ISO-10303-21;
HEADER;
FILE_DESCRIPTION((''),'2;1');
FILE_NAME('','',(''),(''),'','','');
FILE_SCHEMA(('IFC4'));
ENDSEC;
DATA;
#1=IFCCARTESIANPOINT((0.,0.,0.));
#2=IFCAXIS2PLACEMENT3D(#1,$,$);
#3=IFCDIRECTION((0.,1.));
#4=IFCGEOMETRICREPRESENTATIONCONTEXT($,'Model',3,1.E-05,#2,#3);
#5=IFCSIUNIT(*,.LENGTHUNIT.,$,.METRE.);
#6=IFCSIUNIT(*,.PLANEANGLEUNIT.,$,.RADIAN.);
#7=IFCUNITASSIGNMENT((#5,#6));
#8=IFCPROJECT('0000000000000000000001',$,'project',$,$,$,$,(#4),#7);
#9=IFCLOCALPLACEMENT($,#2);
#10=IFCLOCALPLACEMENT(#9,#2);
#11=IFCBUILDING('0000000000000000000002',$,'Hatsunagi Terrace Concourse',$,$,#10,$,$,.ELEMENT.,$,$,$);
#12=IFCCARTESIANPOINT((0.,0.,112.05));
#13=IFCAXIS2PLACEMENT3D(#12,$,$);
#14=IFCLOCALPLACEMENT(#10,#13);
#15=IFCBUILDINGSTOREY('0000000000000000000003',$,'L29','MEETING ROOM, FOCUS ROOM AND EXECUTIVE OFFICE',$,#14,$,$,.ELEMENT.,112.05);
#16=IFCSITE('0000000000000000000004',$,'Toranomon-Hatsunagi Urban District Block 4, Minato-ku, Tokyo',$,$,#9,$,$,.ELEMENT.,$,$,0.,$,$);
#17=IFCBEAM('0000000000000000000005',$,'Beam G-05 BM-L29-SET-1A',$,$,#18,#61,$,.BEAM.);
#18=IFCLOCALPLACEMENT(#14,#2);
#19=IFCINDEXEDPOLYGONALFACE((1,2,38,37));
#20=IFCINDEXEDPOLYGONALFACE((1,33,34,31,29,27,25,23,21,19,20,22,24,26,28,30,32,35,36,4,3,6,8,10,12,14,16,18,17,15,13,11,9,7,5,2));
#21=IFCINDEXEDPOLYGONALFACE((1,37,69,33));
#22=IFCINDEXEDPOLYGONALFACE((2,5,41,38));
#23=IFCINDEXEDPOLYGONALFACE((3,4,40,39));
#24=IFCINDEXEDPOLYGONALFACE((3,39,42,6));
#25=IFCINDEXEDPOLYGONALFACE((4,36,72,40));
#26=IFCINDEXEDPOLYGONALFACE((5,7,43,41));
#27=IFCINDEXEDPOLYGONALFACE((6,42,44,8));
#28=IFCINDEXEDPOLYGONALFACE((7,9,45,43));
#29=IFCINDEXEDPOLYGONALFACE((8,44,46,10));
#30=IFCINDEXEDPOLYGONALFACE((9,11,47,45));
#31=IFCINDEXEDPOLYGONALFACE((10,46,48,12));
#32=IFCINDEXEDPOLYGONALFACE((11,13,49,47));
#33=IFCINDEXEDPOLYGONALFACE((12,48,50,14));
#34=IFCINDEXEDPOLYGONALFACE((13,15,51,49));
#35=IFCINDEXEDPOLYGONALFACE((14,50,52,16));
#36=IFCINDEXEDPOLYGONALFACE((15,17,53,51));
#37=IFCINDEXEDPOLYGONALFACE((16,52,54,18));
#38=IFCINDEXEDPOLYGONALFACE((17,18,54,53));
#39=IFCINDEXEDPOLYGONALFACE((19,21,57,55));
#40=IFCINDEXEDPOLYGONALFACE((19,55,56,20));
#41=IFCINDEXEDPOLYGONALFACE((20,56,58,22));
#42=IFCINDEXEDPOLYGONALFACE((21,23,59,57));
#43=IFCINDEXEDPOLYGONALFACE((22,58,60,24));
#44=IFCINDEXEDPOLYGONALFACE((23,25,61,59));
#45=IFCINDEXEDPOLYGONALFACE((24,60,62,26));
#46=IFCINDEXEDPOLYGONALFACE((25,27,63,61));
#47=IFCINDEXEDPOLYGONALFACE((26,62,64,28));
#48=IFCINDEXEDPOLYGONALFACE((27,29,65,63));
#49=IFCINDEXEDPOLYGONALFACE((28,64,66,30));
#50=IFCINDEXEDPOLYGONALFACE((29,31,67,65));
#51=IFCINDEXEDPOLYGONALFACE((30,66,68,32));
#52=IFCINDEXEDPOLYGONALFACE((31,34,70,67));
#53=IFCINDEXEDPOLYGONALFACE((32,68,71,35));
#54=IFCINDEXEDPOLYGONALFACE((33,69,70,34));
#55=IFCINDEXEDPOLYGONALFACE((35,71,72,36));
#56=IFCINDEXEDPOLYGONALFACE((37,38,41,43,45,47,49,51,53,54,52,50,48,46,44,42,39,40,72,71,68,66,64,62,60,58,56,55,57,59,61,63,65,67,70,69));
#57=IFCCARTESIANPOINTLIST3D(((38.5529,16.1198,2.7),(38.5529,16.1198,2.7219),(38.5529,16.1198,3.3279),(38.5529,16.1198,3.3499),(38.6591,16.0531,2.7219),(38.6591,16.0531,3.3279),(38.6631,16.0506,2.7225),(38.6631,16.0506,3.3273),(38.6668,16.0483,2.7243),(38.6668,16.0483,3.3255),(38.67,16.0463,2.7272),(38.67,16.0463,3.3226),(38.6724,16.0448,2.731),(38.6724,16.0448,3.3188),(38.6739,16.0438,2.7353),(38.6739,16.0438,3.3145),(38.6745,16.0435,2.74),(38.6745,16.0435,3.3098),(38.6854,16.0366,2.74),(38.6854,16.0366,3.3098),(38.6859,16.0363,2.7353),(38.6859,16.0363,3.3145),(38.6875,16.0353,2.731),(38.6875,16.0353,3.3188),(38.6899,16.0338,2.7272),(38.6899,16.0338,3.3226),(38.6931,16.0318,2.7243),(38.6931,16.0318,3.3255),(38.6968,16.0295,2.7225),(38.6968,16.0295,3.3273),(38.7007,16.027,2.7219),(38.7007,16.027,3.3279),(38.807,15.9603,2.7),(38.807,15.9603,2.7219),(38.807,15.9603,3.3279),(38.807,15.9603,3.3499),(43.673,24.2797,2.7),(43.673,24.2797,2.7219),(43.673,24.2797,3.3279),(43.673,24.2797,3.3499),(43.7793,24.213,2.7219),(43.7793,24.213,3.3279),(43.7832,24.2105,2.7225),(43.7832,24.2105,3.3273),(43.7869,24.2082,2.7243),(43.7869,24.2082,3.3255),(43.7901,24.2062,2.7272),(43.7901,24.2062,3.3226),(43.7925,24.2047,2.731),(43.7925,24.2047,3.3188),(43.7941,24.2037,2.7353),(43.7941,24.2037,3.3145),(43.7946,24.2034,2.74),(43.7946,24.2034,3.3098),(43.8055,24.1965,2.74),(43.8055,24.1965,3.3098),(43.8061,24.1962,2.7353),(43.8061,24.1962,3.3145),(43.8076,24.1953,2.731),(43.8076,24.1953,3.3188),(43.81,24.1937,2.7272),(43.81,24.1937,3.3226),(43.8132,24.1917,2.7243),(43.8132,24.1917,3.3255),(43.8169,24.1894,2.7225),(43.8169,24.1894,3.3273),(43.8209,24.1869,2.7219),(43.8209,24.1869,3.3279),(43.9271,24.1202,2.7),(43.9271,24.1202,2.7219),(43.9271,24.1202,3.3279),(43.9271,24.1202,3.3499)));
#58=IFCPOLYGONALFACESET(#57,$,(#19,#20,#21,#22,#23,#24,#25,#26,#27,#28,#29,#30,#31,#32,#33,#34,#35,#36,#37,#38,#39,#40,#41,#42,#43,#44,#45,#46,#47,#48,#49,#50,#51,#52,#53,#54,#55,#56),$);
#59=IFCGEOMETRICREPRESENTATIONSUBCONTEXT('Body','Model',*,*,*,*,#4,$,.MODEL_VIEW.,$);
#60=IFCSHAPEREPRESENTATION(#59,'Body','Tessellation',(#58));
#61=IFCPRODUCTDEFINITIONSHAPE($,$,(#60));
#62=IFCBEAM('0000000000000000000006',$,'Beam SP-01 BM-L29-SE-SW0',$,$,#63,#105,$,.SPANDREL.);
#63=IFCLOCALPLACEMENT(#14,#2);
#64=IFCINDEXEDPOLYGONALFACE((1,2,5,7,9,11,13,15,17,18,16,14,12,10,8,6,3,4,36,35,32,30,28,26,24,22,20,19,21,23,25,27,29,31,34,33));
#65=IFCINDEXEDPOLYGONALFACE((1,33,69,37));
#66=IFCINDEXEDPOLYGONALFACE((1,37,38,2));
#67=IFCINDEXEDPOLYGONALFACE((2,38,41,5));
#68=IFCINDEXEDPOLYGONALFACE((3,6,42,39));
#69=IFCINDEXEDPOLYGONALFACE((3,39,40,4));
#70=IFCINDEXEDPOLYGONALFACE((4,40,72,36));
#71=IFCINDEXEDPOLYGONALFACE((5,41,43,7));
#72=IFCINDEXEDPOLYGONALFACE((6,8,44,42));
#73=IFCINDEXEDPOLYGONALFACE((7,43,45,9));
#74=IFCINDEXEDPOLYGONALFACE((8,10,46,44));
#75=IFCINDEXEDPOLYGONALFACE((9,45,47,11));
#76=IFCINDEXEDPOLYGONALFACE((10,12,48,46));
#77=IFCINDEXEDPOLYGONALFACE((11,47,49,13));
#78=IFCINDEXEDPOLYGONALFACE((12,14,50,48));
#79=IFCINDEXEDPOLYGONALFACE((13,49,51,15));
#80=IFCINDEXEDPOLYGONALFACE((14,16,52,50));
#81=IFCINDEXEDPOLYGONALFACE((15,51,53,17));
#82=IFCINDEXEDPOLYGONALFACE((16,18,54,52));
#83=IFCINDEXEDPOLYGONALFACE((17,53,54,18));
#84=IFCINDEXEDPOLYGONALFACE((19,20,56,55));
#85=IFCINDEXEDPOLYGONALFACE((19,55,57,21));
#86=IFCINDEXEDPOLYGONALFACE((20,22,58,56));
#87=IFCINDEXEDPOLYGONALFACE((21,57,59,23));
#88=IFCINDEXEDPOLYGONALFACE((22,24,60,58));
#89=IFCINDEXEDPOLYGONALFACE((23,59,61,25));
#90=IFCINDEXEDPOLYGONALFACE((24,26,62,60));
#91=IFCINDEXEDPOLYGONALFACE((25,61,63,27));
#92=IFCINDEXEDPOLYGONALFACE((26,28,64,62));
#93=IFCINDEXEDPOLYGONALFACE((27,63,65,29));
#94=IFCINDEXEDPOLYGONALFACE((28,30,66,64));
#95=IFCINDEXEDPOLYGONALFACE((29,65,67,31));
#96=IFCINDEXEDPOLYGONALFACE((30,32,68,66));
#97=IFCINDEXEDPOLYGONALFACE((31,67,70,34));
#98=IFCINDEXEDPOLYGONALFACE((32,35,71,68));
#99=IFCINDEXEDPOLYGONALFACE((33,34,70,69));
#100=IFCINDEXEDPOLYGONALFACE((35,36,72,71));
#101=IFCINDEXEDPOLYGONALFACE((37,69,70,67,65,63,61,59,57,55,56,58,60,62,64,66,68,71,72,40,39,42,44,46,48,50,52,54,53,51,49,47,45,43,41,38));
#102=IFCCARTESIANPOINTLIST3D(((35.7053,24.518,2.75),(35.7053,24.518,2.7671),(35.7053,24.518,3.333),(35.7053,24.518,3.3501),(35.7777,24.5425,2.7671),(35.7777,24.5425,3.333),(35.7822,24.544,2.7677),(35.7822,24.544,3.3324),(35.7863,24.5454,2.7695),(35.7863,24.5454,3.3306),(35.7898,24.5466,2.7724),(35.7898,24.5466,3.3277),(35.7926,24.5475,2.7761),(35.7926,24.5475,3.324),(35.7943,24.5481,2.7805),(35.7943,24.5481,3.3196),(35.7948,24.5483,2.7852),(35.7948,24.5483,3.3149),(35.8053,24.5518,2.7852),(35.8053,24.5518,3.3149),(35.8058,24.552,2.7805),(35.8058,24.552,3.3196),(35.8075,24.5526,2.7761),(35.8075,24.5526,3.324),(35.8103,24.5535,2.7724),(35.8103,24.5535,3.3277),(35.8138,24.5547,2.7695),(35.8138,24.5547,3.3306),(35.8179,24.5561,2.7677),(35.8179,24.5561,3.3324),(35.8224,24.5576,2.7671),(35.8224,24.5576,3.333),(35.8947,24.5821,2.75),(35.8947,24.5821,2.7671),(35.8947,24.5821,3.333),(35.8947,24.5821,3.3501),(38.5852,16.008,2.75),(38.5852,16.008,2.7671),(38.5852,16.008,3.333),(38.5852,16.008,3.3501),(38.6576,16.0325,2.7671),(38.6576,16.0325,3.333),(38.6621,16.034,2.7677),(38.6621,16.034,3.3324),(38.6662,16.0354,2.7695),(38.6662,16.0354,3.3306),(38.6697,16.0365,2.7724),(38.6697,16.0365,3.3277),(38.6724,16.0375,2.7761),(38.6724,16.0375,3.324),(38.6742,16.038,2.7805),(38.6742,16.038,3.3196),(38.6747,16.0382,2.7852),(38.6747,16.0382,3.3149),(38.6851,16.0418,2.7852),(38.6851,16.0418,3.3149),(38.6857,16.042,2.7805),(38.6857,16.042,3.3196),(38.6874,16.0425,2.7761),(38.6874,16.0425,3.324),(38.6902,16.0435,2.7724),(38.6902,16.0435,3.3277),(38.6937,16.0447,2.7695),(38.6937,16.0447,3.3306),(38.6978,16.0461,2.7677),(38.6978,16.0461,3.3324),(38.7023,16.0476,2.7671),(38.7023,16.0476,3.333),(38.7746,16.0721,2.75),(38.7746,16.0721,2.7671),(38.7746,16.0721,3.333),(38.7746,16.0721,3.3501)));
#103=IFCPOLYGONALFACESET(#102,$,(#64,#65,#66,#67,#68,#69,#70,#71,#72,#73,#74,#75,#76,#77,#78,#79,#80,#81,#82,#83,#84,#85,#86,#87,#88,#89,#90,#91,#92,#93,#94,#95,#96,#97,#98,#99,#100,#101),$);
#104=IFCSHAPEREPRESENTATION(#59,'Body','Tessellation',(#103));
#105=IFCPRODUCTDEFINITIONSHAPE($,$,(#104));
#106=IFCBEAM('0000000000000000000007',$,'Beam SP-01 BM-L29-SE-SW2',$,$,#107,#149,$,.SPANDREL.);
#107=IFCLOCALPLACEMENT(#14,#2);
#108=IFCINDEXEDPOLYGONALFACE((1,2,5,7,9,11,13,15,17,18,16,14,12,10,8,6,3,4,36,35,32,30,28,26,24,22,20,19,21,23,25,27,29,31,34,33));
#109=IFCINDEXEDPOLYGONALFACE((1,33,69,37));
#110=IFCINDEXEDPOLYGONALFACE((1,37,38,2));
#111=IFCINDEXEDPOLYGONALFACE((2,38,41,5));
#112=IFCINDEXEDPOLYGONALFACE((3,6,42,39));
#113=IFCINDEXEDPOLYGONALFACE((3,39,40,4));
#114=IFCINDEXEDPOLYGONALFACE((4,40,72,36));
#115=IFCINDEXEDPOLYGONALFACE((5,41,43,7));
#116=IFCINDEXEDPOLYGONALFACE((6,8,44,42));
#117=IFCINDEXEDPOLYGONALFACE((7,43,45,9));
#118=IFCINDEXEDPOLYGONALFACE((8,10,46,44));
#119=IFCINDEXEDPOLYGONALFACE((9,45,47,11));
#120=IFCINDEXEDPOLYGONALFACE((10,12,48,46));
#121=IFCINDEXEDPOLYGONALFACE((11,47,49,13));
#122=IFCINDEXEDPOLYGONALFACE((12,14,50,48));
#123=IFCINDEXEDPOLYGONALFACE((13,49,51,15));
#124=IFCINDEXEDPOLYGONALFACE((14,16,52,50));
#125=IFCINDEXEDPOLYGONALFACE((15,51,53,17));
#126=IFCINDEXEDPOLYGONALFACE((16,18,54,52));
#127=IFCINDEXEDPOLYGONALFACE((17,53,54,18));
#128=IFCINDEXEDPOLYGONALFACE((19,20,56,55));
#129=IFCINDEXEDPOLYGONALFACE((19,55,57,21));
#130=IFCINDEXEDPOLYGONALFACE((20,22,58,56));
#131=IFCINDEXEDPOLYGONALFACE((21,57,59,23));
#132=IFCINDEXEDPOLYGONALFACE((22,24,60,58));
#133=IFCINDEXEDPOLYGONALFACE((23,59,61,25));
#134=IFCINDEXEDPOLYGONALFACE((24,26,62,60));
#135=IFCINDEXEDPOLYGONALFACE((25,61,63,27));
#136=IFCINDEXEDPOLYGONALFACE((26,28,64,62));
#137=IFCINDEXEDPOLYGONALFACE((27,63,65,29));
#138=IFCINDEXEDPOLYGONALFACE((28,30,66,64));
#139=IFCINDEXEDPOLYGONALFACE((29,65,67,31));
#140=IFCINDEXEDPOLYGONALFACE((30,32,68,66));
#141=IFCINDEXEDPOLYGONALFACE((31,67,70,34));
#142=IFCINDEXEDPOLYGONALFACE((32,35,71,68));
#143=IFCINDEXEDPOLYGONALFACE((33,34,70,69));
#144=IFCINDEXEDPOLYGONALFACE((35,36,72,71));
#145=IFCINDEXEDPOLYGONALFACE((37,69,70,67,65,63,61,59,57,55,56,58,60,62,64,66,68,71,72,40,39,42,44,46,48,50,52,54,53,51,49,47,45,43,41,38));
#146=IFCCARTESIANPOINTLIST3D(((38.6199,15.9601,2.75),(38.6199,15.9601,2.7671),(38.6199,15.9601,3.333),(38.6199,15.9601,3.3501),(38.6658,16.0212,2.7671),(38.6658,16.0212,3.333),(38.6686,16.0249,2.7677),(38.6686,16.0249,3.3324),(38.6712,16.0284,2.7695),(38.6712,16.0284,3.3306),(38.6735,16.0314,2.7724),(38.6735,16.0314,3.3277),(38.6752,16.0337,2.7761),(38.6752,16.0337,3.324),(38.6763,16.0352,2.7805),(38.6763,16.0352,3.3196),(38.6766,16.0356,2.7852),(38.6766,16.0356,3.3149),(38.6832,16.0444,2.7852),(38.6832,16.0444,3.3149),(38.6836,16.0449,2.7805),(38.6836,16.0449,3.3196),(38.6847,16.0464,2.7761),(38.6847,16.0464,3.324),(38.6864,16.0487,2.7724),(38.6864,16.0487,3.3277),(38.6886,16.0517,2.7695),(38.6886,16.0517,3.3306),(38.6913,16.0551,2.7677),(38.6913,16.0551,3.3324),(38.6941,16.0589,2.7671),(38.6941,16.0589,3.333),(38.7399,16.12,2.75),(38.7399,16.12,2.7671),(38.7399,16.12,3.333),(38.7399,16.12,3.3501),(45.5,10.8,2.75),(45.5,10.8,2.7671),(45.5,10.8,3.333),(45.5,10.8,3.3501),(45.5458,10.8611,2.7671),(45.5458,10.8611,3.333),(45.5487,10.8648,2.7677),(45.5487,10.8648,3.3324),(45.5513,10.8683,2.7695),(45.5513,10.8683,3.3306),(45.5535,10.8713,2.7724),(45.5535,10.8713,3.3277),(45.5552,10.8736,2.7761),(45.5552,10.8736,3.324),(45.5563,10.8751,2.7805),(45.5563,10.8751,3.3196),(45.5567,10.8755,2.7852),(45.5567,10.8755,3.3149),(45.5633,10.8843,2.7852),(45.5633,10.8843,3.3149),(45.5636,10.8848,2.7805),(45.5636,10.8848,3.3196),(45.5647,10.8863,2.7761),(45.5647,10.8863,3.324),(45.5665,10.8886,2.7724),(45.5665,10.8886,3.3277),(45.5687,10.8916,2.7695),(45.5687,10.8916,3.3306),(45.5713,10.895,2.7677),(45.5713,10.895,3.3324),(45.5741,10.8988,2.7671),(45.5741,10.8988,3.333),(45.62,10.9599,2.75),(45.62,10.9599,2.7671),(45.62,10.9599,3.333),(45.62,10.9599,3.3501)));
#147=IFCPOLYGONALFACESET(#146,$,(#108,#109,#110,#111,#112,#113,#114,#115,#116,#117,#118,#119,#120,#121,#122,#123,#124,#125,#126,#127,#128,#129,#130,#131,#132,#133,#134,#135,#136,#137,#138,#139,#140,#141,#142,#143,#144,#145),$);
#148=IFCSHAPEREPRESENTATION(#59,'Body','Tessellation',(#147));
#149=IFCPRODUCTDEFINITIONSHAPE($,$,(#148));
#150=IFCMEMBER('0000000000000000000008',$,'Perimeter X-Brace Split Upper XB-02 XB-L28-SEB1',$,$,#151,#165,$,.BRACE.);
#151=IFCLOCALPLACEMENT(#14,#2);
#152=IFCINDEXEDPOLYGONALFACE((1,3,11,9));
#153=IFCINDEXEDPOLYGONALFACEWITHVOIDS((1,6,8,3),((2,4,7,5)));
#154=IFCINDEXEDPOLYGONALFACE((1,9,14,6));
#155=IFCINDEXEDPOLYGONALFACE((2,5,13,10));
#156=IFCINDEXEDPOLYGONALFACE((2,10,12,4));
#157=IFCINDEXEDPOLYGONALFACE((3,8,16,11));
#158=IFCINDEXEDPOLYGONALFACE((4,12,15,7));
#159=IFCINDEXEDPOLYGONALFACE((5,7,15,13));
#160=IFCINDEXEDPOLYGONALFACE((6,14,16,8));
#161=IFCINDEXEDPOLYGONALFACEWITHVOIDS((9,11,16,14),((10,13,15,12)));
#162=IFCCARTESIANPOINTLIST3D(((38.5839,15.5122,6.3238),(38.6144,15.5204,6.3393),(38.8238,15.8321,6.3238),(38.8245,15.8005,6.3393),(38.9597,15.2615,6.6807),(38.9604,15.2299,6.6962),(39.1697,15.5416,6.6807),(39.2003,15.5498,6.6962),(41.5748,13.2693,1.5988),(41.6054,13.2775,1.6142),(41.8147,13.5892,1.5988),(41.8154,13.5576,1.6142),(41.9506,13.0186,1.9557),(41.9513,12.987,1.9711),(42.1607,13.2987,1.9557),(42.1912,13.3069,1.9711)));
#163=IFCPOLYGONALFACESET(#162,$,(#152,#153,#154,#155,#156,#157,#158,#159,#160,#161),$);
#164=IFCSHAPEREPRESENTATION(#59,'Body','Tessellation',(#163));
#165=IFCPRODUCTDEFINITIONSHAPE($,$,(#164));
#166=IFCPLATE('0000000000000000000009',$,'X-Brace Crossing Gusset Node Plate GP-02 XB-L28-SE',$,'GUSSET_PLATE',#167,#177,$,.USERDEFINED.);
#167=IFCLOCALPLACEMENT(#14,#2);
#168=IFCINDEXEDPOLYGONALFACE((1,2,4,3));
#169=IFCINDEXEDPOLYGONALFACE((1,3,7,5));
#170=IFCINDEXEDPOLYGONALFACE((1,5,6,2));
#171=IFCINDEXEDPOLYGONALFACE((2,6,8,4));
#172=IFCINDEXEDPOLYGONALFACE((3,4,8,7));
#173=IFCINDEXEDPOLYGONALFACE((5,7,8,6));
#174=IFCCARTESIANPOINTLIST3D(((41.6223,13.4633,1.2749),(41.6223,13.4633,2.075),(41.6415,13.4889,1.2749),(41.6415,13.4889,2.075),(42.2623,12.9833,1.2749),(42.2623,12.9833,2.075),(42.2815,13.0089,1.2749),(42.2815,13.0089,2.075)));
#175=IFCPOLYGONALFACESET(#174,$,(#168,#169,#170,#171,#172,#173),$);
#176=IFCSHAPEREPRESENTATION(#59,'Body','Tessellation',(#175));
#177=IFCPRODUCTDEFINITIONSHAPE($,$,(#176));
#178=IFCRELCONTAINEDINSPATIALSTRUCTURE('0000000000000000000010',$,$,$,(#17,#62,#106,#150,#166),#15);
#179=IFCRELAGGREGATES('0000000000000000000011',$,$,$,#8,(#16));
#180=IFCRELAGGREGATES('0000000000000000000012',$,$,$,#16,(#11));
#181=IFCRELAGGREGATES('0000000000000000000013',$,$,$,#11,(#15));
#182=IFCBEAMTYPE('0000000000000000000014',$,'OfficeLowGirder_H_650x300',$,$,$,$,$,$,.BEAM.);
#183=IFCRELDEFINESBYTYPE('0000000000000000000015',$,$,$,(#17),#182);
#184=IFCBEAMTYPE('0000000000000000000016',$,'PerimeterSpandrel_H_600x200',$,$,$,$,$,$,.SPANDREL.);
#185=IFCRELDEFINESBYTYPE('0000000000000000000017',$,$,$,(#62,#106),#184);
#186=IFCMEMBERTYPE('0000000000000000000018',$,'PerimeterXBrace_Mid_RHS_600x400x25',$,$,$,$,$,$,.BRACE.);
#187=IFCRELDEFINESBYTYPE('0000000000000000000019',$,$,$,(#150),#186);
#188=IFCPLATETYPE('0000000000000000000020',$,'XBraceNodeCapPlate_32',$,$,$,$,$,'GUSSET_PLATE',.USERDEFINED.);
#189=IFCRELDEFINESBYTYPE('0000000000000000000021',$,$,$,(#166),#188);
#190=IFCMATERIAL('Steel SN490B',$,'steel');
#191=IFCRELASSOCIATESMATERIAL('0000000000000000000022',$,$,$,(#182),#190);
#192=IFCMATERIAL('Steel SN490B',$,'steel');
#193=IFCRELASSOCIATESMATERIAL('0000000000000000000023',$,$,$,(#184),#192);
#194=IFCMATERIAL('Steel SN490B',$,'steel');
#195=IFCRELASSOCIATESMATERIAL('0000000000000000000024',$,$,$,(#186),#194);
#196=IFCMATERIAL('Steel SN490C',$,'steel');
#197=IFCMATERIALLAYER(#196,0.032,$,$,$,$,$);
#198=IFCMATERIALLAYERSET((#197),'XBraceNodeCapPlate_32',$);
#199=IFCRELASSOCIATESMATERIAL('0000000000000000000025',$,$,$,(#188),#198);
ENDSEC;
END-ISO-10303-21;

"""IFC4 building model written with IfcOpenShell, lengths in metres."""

from ifc_helpers import new_model, si_unit, direction, frame, origin, origin_2d, place, context, subcontext, project, spatial, rectangle, hollow_rectangle, i_section, extrude, material, layer, layer_set, material_profile, profile_set, type_object, element, save


model = new_model("IFC4")

# Units and contexts
model_context = context("Model", 3, precision=1e-05, world=origin(), true_north=direction((0.0, 1.0)))
body_context = subcontext(model_context, "Body", "Model", "MODEL_VIEW")
ifc_project = project(units=[si_unit("LENGTHUNIT", "METRE"), si_unit("PLANEANGLEUNIT", "RADIAN")], contexts=[model_context])

# Site, building, storey
site_placement = place(None, origin())
site = spatial("IfcSite", under=ifc_project, at=site_placement, Name="Toranomon-Hatsunagi Urban District Block 4, Minato-ku, Tokyo", CompositionType="ELEMENT", RefElevation=0.0)
building_placement = place(site_placement, origin())
building = spatial("IfcBuilding", under=site, at=building_placement, Name="Hatsunagi Terrace Concourse", CompositionType="ELEMENT")
storey_placement = place(building_placement, frame((0.0, 0.0, 112.05)))
storey = spatial("IfcBuildingStorey", under=building, at=storey_placement, Name="L29", Description="MEETING ROOM, FOCUS ROOM AND EXECUTIVE OFFICE", CompositionType="ELEMENT", Elevation=112.05)

# Beams
ifc_material_1 = material(Name="Steel SN490B", Category="steel")
ifc_material_profile_1 = material_profile(ifc_material_1, i_section(OverallWidth=0.3, OverallDepth=0.6499, WebThickness=0.0129, FlangeThickness=0.022, FilletRadius=0.0181, at=origin_2d()), Name="H-650x300x13x22")
ifc_profile_set_1 = profile_set([ifc_material_profile_1], Name="Steel SN490B")
beam_type_1 = type_object("IfcBeamType", Name="OfficeLowGirder_H_650x300", PredefinedType="BEAM", material=ifc_profile_set_1)
beam_1_placement = place(storey_placement, frame((38.6799, 16.04, 3.0249), z_axis=(0.531504, 0.847056, 0.0), x_axis=(-0.847056, 0.531504, 0.0)))
element("IfcBeam", 1, at=beam_1_placement, inside=storey, type_object=beam_type_1, Name="Beam G-05 BM-L29-SET-1A", PredefinedType="BEAM", context=body_context, shape_type="SweptSolid", body=[
    extrude(i_section(OverallWidth=0.3, OverallDepth=0.6499, WebThickness=0.0129, FlangeThickness=0.022, FilletRadius=0.0181, at=origin_2d()), origin(), (0.0, 0.0, 1.0), 9.6333),
])
ifc_material_2 = material(Name="Steel SN490B", Category="steel")
ifc_material_profile_2 = material_profile(ifc_material_2, i_section(OverallWidth=0.2, OverallDepth=0.6001, WebThickness=0.011, FlangeThickness=0.0171, FilletRadius=0.0181, at=origin_2d()), Name="H-600x200x11x17")
ifc_profile_set_2 = profile_set([ifc_material_profile_2], Name="Steel SN490B")
beam_type_2 = type_object("IfcBeamType", Name="PerimeterSpandrel_H_600x200", PredefinedType="SPANDREL", material=ifc_profile_set_2)
beam_2_placement = place(storey_placement, frame((35.8, 24.55, 3.05), z_axis=(0.320553, -0.94723, 0.0), x_axis=(0.94723, 0.320553, 0.0)))
element("IfcBeam", 2, at=beam_2_placement, inside=storey, type_object=beam_type_2, Name="Beam SP-01 BM-L29-SE-SW0", PredefinedType="SPANDREL", context=body_context, shape_type="SweptSolid", body=[
    extrude(i_section(OverallWidth=0.2, OverallDepth=0.6001, WebThickness=0.011, FlangeThickness=0.0171, FilletRadius=0.0181, at=origin_2d()), origin(), (0.0, 0.0, 1.0), 8.9841),
])
beam_3_placement = place(storey_placement, frame((38.6799, 16.04, 3.05), z_axis=(0.799997, -0.600005, 0.0), x_axis=(0.600005, 0.799997, 0.0)))
element("IfcBeam", 3, at=beam_3_placement, inside=storey, type_object=beam_type_2, Name="Beam SP-01 BM-L29-SE-SW2", PredefinedType="SPANDREL", context=body_context, shape_type="SweptSolid", body=[
    extrude(i_section(OverallWidth=0.2, OverallDepth=0.6001, WebThickness=0.011, FlangeThickness=0.0171, FilletRadius=0.0181, at=origin_2d()), origin(), (0.0, 0.0, 1.0), 8.6001),
])

# Member
ifc_material_3 = material(Name="Steel SN490B", Category="steel")
ifc_material_profile_3 = material_profile(ifc_material_3, hollow_rectangle(XDim=0.3999, YDim=0.6001, WallThickness=0.0249, at=origin_2d()), Name="RHS-600x400x25")
ifc_profile_set_3 = profile_set([ifc_material_profile_3], Name="Steel SN490B")
member_type = type_object("IfcMemberType", Name="PerimeterXBrace_Mid_RHS_600x400x25", PredefinedType="BRACE", material=ifc_profile_set_3)
member_placement = place(storey_placement, frame((38.8921, 15.531, 6.51), z_axis=(0.496409, -0.372256, -0.784222), x_axis=(0.599948, 0.800039, 0.0)))
element("IfcMember", 4, at=member_placement, inside=storey, type_object=member_type, Name="Perimeter X-Brace Split Upper XB-02 XB-L28-SEB1", PredefinedType="BRACE", context=body_context, shape_type="SweptSolid", body=[
    extrude(hollow_rectangle(XDim=0.3999, YDim=0.6001, WallThickness=0.0249, at=origin_2d()), origin(), (0.0, 0.0, 1.0), 6.0251),
])

# Plate
ifc_material_4 = material(Name="Steel SN490C", Category="steel")
ifc_layer_1 = layer(ifc_material_4, 0.032)
ifc_layer_set_1 = layer_set([ifc_layer_1], Name="XBraceNodeCapPlate_32")
plate_type = type_object("IfcPlateType", Name="XBraceNodeCapPlate_32", ElementType="GUSSET_PLATE", PredefinedType="USERDEFINED", material=ifc_layer_set_1)
plate_placement = place(storey_placement, frame((41.9519, 13.2361, 1.2749), z_axis=(0.0, 0.0, 1.0), x_axis=(0.8, -0.6, 0.0)))
element("IfcPlate", 5, at=plate_placement, inside=storey, type_object=plate_type, Name="X-Brace Crossing Gusset Node Plate GP-02 XB-L28-SE", ObjectType="GUSSET_PLATE", PredefinedType="USERDEFINED", context=body_context, shape_type="SweptSolid", body=[
    extrude(rectangle(XDim=0.8, YDim=0.032, at=origin_2d()), origin(), (0.0, 0.0, 1.0), 0.8),
])

save(model, "model.ifc")
